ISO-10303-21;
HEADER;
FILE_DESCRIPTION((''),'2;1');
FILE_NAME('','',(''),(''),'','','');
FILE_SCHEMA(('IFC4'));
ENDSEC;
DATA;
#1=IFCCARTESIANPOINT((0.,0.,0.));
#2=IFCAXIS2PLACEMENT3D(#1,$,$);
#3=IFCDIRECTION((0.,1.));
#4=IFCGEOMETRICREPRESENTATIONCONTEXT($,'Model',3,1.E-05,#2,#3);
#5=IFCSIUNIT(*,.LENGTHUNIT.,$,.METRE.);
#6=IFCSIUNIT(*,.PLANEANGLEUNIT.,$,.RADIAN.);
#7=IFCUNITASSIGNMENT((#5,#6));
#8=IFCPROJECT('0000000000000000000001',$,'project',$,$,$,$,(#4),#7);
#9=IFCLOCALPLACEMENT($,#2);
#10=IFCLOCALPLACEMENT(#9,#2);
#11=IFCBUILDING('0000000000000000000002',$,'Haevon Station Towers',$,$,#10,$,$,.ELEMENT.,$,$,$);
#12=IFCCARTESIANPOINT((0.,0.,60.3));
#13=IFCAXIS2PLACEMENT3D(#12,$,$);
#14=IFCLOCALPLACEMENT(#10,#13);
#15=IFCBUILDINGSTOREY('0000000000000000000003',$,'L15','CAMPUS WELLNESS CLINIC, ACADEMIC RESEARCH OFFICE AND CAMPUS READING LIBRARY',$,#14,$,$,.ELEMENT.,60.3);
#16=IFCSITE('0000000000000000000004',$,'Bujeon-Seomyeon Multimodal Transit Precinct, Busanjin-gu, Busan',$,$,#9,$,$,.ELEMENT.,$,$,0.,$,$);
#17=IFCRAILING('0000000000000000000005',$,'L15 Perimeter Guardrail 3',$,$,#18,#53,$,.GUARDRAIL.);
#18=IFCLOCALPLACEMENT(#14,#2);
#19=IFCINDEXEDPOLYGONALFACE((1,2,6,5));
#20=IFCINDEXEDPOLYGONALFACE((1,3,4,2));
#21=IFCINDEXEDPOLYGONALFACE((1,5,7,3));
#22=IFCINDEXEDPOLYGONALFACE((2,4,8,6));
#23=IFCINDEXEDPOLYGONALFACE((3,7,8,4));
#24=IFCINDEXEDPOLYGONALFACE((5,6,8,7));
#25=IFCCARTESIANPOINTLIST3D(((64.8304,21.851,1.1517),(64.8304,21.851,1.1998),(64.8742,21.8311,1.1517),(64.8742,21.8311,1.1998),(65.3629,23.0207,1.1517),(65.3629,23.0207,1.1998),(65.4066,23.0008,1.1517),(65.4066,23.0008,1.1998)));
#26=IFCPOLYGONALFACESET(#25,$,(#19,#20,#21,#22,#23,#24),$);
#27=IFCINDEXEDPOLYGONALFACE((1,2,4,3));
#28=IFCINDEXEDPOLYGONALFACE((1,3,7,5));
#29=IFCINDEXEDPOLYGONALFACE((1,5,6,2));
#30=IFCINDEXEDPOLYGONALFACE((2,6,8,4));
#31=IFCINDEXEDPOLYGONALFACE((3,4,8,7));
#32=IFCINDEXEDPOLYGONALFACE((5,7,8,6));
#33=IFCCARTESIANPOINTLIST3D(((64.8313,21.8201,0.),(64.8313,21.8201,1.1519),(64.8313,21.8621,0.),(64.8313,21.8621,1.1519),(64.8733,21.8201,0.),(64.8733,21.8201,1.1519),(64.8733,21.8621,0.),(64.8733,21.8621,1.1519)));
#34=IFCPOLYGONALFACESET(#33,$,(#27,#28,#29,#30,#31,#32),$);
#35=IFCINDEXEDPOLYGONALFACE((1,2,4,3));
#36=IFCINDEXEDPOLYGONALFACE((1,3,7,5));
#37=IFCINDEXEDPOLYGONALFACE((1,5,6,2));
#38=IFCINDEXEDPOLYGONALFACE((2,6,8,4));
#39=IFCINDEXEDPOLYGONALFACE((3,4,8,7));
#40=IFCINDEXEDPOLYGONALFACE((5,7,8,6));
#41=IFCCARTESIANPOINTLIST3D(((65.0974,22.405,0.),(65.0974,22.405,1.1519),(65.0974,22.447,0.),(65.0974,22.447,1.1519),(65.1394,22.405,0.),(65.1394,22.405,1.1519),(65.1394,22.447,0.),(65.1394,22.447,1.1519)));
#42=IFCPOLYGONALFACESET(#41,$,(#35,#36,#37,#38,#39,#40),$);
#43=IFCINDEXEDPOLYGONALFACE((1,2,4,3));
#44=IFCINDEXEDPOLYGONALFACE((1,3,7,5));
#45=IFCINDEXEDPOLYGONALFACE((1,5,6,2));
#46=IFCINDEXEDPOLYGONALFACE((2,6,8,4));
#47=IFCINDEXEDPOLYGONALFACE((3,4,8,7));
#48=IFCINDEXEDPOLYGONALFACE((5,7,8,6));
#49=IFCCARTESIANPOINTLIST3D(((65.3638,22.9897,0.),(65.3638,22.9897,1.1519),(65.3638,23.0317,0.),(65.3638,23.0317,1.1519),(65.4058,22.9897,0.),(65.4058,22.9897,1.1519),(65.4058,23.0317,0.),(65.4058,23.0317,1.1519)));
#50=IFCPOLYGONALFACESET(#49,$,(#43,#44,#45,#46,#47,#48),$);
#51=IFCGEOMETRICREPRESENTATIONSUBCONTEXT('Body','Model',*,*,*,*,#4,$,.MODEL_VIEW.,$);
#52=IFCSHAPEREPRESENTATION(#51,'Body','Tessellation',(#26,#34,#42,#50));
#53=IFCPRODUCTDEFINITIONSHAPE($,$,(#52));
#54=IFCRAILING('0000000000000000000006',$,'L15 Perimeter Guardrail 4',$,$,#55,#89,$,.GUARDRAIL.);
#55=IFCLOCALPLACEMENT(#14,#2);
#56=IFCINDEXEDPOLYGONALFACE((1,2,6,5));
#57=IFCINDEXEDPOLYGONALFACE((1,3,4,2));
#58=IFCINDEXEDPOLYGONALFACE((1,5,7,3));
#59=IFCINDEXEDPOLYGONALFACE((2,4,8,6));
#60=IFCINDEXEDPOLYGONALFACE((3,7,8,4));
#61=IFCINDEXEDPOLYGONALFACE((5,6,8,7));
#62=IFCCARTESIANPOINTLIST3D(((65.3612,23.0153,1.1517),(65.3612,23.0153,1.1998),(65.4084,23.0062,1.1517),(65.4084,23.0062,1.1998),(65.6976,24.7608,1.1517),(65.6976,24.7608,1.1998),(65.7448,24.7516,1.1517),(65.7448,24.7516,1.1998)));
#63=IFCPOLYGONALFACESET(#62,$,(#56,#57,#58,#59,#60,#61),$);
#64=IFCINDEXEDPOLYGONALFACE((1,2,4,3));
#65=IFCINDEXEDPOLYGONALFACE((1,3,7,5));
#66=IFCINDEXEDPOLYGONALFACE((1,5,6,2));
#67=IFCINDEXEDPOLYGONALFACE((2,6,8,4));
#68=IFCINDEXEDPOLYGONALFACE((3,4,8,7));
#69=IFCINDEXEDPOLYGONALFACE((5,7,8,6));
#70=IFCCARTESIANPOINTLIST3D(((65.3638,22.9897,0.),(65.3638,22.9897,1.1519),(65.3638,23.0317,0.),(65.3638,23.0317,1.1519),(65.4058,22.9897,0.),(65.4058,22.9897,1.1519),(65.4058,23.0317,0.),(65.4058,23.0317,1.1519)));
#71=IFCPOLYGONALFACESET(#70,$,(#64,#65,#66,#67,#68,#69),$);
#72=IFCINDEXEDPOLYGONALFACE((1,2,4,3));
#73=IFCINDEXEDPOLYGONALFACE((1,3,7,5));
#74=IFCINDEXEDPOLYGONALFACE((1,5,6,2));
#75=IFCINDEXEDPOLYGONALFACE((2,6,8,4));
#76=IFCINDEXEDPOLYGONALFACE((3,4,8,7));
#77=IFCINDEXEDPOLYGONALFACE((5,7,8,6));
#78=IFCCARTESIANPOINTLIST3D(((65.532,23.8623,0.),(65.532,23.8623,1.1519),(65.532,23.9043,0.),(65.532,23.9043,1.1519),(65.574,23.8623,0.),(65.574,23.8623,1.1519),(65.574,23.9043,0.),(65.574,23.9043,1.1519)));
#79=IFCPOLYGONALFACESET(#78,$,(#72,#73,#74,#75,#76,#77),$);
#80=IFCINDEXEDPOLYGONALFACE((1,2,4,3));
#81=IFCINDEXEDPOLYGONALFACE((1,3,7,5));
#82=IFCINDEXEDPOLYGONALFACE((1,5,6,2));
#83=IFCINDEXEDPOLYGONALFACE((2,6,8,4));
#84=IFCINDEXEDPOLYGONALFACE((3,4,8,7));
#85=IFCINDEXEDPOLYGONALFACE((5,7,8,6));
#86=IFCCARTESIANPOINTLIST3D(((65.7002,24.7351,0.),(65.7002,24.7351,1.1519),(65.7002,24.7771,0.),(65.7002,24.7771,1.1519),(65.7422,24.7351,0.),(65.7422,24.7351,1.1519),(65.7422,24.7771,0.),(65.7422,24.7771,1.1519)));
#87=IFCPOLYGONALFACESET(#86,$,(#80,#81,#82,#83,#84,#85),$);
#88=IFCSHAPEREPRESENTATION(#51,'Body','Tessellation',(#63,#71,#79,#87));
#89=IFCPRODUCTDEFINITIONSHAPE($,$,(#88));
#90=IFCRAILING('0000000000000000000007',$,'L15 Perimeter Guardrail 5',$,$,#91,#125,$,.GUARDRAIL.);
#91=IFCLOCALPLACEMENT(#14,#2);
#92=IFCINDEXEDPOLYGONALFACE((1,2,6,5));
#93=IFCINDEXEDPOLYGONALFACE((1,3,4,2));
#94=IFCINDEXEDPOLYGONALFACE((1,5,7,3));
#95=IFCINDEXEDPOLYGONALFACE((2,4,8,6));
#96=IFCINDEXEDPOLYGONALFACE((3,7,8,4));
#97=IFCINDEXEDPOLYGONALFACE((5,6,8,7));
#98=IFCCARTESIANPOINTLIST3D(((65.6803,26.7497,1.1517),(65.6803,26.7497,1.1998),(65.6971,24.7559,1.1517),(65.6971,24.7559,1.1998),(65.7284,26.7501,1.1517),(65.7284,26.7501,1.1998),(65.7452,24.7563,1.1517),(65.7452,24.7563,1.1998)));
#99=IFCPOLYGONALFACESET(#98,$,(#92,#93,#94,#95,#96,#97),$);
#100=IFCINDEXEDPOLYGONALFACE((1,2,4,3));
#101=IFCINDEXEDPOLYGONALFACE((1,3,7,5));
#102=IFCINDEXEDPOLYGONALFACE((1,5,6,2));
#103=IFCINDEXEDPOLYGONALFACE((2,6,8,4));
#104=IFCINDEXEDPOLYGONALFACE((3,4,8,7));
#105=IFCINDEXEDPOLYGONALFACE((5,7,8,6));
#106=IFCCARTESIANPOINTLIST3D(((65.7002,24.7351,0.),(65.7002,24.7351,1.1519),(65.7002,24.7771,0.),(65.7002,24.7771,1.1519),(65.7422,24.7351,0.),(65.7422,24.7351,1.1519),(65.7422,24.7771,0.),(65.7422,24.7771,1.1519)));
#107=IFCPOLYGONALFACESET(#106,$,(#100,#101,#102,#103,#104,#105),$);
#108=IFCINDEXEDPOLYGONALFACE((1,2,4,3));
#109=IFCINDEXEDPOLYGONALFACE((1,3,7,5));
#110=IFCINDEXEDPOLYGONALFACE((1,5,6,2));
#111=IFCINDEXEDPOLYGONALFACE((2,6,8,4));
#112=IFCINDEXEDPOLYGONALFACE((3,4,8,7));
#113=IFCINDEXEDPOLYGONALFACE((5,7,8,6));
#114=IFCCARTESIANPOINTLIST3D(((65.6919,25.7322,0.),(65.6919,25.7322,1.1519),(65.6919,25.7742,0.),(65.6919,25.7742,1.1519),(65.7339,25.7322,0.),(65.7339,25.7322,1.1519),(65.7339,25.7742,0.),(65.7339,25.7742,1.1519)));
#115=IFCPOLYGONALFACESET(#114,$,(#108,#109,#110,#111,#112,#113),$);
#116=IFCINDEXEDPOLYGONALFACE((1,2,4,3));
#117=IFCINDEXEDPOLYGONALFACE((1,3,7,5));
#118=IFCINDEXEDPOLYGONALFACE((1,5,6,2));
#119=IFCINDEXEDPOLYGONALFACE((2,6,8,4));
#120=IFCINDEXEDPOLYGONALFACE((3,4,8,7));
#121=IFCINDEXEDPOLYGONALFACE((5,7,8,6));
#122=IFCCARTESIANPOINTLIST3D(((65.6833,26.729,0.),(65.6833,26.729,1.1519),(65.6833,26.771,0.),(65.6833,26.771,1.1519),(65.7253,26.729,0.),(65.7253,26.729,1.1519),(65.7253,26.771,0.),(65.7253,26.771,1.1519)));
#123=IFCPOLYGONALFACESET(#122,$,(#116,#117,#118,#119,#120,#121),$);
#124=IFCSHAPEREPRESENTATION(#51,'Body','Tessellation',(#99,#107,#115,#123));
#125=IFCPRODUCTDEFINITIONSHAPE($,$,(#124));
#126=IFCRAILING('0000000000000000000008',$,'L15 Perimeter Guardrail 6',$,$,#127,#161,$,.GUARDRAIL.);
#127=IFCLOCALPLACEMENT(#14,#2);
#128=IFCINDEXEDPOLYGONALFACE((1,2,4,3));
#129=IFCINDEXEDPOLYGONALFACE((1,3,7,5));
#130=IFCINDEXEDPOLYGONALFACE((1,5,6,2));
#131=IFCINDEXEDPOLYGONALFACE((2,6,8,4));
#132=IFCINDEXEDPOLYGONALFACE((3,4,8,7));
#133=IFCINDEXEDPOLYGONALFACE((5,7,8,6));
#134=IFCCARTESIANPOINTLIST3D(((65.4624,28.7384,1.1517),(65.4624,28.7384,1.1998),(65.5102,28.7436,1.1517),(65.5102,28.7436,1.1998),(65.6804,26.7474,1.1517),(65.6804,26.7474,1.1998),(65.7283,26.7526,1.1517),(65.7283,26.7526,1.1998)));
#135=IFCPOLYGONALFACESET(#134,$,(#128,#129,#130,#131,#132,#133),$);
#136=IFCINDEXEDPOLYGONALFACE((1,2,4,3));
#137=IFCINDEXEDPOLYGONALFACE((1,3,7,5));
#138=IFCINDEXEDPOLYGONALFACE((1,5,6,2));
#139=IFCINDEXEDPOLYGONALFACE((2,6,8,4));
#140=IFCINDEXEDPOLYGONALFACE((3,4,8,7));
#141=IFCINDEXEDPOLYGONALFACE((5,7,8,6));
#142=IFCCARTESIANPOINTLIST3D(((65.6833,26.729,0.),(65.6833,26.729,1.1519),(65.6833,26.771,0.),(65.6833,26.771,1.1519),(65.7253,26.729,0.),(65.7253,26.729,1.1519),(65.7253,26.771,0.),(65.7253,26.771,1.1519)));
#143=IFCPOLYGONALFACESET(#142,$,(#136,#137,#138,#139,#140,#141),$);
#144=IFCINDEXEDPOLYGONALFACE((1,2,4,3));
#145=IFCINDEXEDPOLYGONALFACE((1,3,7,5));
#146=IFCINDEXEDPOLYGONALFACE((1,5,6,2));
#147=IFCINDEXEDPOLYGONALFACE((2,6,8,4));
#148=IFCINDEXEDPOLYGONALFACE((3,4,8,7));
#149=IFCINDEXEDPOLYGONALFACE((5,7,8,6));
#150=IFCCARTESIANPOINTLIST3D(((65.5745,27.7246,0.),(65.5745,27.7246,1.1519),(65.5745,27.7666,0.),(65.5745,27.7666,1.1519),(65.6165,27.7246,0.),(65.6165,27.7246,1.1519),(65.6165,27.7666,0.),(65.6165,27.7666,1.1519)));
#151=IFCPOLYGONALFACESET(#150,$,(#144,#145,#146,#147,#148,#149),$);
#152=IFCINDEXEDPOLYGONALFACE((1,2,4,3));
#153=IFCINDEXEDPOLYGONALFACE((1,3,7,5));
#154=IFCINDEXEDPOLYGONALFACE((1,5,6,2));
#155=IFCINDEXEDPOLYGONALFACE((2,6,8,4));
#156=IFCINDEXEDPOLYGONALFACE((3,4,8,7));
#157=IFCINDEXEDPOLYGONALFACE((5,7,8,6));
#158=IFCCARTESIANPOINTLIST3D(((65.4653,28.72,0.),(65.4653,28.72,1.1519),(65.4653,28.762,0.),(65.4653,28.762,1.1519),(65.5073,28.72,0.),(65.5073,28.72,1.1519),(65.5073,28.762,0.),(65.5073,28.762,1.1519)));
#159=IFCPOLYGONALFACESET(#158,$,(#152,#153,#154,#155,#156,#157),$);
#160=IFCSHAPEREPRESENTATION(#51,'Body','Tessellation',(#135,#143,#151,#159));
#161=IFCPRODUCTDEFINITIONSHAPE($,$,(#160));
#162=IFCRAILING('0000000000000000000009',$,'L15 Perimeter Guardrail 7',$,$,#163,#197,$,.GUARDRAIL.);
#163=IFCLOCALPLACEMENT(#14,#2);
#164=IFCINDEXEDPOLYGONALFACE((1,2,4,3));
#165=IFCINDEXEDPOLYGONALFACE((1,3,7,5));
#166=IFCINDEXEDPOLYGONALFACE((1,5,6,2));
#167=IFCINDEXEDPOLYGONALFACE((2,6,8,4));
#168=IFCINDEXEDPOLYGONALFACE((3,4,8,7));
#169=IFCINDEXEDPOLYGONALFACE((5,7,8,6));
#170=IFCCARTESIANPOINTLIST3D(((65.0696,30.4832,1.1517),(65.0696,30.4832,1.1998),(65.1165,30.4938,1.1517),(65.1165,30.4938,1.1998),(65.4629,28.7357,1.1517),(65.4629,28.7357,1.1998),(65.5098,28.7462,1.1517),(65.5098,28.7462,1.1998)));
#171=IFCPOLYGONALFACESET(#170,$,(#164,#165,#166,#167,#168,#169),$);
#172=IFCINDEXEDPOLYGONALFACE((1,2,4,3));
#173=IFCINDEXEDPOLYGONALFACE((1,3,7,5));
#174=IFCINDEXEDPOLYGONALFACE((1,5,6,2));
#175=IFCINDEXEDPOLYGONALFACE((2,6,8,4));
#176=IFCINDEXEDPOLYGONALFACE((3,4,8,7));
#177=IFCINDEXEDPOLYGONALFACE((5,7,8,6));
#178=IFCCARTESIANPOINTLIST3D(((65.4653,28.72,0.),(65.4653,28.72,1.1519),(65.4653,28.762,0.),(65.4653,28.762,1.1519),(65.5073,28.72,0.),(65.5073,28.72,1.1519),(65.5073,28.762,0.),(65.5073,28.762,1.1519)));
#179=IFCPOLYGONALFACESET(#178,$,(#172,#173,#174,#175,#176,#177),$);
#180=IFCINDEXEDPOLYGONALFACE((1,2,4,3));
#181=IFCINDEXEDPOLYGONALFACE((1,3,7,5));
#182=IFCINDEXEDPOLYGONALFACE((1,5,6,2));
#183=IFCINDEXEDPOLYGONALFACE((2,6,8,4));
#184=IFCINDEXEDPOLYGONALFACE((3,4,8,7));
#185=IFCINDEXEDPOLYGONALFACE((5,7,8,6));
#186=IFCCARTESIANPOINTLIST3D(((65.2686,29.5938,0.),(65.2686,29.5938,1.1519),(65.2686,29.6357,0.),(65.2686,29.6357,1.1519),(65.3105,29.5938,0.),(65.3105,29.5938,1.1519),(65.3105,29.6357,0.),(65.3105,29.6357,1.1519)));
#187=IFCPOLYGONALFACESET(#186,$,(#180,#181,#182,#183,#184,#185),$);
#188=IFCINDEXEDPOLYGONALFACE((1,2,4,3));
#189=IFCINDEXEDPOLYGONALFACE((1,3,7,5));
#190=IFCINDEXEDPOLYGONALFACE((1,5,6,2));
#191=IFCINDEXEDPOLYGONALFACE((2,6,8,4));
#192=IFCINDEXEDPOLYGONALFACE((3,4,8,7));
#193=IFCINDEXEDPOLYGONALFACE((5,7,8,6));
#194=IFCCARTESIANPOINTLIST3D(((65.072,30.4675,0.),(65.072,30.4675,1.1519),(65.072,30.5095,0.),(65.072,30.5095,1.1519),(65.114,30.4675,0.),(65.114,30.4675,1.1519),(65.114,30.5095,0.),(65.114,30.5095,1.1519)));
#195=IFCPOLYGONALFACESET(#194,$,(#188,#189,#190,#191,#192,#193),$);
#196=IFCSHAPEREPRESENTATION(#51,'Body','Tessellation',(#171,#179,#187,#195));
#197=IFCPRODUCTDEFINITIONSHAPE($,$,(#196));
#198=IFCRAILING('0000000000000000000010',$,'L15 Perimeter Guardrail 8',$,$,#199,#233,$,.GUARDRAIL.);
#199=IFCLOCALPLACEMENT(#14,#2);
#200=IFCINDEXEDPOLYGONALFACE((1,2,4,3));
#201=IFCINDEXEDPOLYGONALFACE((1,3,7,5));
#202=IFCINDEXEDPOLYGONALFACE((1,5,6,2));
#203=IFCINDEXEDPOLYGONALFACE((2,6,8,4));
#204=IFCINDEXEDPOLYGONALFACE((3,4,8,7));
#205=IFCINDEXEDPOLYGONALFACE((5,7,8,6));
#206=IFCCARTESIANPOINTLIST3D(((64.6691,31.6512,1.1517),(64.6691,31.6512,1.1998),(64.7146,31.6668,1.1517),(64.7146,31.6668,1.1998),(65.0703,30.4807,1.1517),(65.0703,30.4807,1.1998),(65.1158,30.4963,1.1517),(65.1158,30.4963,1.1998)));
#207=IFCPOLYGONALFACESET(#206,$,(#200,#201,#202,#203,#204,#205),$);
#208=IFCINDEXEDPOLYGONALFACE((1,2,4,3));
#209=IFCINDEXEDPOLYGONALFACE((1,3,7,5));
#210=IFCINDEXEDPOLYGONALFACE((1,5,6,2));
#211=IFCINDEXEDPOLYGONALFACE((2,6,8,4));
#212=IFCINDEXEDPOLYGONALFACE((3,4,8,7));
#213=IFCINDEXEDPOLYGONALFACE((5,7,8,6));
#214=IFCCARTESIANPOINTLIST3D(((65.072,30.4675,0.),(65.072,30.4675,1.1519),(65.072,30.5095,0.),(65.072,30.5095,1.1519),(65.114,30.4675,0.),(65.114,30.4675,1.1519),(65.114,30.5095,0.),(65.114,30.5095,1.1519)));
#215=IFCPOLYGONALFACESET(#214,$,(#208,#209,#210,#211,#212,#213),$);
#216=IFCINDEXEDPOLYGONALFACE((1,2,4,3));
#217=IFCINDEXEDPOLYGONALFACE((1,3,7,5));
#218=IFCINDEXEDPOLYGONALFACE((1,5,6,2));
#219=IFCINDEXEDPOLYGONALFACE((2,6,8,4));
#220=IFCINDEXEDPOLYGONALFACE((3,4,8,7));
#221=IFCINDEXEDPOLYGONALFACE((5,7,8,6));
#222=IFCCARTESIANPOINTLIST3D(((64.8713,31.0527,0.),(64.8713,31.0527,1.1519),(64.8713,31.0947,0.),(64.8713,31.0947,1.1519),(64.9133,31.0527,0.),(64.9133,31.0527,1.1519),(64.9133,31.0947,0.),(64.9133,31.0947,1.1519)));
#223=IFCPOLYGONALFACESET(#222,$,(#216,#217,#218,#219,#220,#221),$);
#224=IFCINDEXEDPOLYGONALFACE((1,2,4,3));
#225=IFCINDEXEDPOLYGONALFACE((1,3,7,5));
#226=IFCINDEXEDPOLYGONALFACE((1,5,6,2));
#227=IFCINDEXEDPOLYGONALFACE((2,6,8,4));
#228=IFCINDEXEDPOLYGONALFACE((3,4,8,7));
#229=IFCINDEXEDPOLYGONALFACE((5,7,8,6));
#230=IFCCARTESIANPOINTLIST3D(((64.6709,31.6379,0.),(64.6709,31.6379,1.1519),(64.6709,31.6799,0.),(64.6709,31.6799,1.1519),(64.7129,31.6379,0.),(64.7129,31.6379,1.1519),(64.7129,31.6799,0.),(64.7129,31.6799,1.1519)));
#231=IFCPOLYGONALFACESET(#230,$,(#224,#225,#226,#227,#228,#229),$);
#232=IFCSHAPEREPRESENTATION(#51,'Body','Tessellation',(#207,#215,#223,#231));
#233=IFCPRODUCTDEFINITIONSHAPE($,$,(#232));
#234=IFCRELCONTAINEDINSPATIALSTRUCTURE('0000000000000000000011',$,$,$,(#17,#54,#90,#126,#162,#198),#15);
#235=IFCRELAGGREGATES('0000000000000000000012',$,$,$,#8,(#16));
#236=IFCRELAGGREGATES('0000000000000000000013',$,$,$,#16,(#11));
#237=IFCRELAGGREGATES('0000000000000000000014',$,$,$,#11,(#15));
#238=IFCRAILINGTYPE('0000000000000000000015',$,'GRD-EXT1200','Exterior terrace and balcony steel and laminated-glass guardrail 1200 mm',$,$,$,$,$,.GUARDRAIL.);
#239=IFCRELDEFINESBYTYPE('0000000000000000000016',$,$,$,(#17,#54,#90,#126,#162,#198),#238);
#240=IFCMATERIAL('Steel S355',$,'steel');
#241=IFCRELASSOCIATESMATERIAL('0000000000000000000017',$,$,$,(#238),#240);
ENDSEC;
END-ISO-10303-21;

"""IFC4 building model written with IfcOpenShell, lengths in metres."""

from ifc_helpers import new_model, si_unit, direction, frame, origin, origin_2d, place, context, subcontext, project, spatial, rectangle, extrude, material, type_object, element, save


model = new_model("IFC4")

# Units and contexts
model_context = context("Model", 3, precision=1e-05, world=origin(), true_north=direction((0.0, 1.0)))
body_context = subcontext(model_context, "Body", "Model", "MODEL_VIEW")
ifc_project = project(units=[si_unit("LENGTHUNIT", "METRE"), si_unit("PLANEANGLEUNIT", "RADIAN")], contexts=[model_context])

# Site, building, storey
site_placement = place(None, origin())
site = spatial("IfcSite", under=ifc_project, at=site_placement, Name="Bujeon-Seomyeon Multimodal Transit Precinct, Busanjin-gu, Busan", CompositionType="ELEMENT", RefElevation=0.0)
building_placement = place(site_placement, origin())
building = spatial("IfcBuilding", under=site, at=building_placement, Name="Haevon Station Towers", CompositionType="ELEMENT")
storey_placement = place(building_placement, frame((0.0, 0.0, 60.3)))
storey = spatial("IfcBuildingStorey", under=building, at=storey_placement, Name="L15", Description="CAMPUS WELLNESS CLINIC, ACADEMIC RESEARCH OFFICE AND CAMPUS READING LIBRARY", CompositionType="ELEMENT", Elevation=60.3)

# Shared definitions
ifc_material_1 = material(Name="Steel S355", Category="steel")

# Railings
railing_type = type_object("IfcRailingType", Name="GRD-EXT1200", Description="Exterior terrace and balcony steel and laminated-glass guardrail 1200 mm", PredefinedType="GUARDRAIL", material=ifc_material_1)
railing_1_placement = place(storey_placement, frame((64.8523, 21.8411, 0.0)))
element("IfcRailing", 1, at=railing_1_placement, inside=storey, type_object=railing_type, Name="L15 Perimeter Guardrail 3", PredefinedType="GUARDRAIL", context=body_context, shape_type="SweptSolid", body=[
    extrude(rectangle(XDim=0.0481, YDim=0.0481, at=origin_2d()), frame((0.0, 0.0, 1.1758), z_axis=(0.414318, 0.910132, 0.0), x_axis=(-0.910132, 0.414318, 0.0)), (0.0, 0.0, 1.0), 1.2852),
    extrude(rectangle(XDim=0.042, YDim=0.042, at=origin_2d()), origin(), (0.0, 0.0, 1.0), 1.1519),
    extrude(rectangle(XDim=0.042, YDim=0.042, at=origin_2d()), frame((0.2661, 0.585, 0.0)), (0.0, 0.0, 1.0), 1.1519),
    extrude(rectangle(XDim=0.042, YDim=0.042, at=origin_2d()), frame((0.5325, 1.1697, 0.0)), (0.0, 0.0, 1.0), 1.1519),
])
railing_2_placement = place(storey_placement, frame((65.3848, 23.0107, 0.0)))
element("IfcRailing", 2, at=railing_2_placement, inside=storey, type_object=railing_type, Name="L15 Perimeter Guardrail 4", PredefinedType="GUARDRAIL", context=body_context, shape_type="SweptSolid", body=[
    extrude(rectangle(XDim=0.0481, YDim=0.0481, at=origin_2d()), frame((0.0, 0.0, 1.1758), z_axis=(0.18927, 0.981925, 0.0), x_axis=(-0.981925, 0.18927, 0.0)), (0.0, 0.0, 1.0), 1.7776),
    extrude(rectangle(XDim=0.042, YDim=0.042, at=origin_2d()), origin(), (0.0, 0.0, 1.0), 1.1519),
    extrude(rectangle(XDim=0.042, YDim=0.042, at=origin_2d()), frame((0.1682, 0.8726, 0.0)), (0.0, 0.0, 1.0), 1.1519),
    extrude(rectangle(XDim=0.042, YDim=0.042, at=origin_2d()), frame((0.3364, 1.7454, 0.0)), (0.0, 0.0, 1.0), 1.1519),
])
railing_3_placement = place(storey_placement, frame((65.7212, 24.7561, 0.0)))
element("IfcRailing", 3, at=railing_3_placement, inside=storey, type_object=railing_type, Name="L15 Perimeter Guardrail 5", PredefinedType="GUARDRAIL", context=body_context, shape_type="SweptSolid", body=[
    extrude(rectangle(XDim=0.0481, YDim=0.0481, at=origin_2d()), frame((0.0, 0.0, 1.1758), z_axis=(-0.008448, 0.999964, 0.0), x_axis=(-0.999964, -0.008448, 0.0)), (0.0, 0.0, 1.0), 1.9939),
    extrude(rectangle(XDim=0.042, YDim=0.042, at=origin_2d()), origin(), (0.0, 0.0, 1.0), 1.1519),
    extrude(rectangle(XDim=0.042, YDim=0.042, at=origin_2d()), frame((-0.0083, 0.9971, 0.0)), (0.0, 0.0, 1.0), 1.1519),
    extrude(rectangle(XDim=0.042, YDim=0.042, at=origin_2d()), frame((-0.0168, 1.9939, 0.0)), (0.0, 0.0, 1.0), 1.1519),
])
railing_4_placement = place(storey_placement, frame((65.7043, 26.75, 0.0)))
element("IfcRailing", 4, at=railing_4_placement, inside=storey, type_object=railing_type, Name="L15 Perimeter Guardrail 6", PredefinedType="GUARDRAIL", context=body_context, shape_type="SweptSolid", body=[
    extrude(rectangle(XDim=0.0481, YDim=0.0481, at=origin_2d()), frame((0.0, 0.0, 1.1758), z_axis=(-0.108853, 0.994058, 0.0), x_axis=(-0.994058, -0.108853, 0.0)), (0.0, 0.0, 1.0), 2.0029),
    extrude(rectangle(XDim=0.042, YDim=0.042, at=origin_2d()), origin(), (0.0, 0.0, 1.0), 1.1519),
    extrude(rectangle(XDim=0.042, YDim=0.042, at=origin_2d()), frame((-0.1089, 0.9956, 0.0)), (0.0, 0.0, 1.0), 1.1519),
    extrude(rectangle(XDim=0.042, YDim=0.042, at=origin_2d()), frame((-0.218, 1.991, 0.0)), (0.0, 0.0, 1.0), 1.1519),
])
railing_5_placement = place(storey_placement, frame((65.4863, 28.741, 0.0)))
element("IfcRailing", 5, at=railing_5_placement, inside=storey, type_object=railing_type, Name="L15 Perimeter Guardrail 7", PredefinedType="GUARDRAIL", context=body_context, shape_type="SweptSolid", body=[
    extrude(rectangle(XDim=0.0481, YDim=0.0481, at=origin_2d()), frame((0.0, 0.0, 1.1758), z_axis=(-0.219571, 0.975597, 0.0), x_axis=(-0.975597, -0.219571, 0.0)), (0.0, 0.0, 1.0), 1.7913),
    extrude(rectangle(XDim=0.042, YDim=0.042, at=origin_2d()), origin(), (0.0, 0.0, 1.0), 1.1519),
    extrude(rectangle(XDim=0.042, YDim=0.042, at=origin_2d()), frame((-0.1968, 0.8738, 0.0)), (0.0, 0.0, 1.0), 1.1519),
    extrude(rectangle(XDim=0.042, YDim=0.042, at=origin_2d()), frame((-0.3933, 1.7476, 0.0)), (0.0, 0.0, 1.0), 1.1519),
])
railing_6_placement = place(storey_placement, frame((65.093, 30.4885, 0.0)))
element("IfcRailing", 6, at=railing_6_placement, inside=storey, type_object=railing_type, Name="L15 Perimeter Guardrail 8", PredefinedType="GUARDRAIL", context=body_context, shape_type="SweptSolid", body=[
    extrude(rectangle(XDim=0.0481, YDim=0.0481, at=origin_2d()), frame((0.0, 0.0, 1.1758), z_axis=(-0.324208, 0.945986, 0.0), x_axis=(-0.945986, -0.324208, 0.0)), (0.0, 0.0, 1.0), 1.2373),
    extrude(rectangle(XDim=0.042, YDim=0.042, at=origin_2d()), origin(), (0.0, 0.0, 1.0), 1.1519),
    extrude(rectangle(XDim=0.042, YDim=0.042, at=origin_2d()), frame((-0.2007, 0.5852, 0.0)), (0.0, 0.0, 1.0), 1.1519),
    extrude(rectangle(XDim=0.042, YDim=0.042, at=origin_2d()), frame((-0.4011, 1.1704, 0.0)), (0.0, 0.0, 1.0), 1.1519),
])

save(model, "model.ifc")
